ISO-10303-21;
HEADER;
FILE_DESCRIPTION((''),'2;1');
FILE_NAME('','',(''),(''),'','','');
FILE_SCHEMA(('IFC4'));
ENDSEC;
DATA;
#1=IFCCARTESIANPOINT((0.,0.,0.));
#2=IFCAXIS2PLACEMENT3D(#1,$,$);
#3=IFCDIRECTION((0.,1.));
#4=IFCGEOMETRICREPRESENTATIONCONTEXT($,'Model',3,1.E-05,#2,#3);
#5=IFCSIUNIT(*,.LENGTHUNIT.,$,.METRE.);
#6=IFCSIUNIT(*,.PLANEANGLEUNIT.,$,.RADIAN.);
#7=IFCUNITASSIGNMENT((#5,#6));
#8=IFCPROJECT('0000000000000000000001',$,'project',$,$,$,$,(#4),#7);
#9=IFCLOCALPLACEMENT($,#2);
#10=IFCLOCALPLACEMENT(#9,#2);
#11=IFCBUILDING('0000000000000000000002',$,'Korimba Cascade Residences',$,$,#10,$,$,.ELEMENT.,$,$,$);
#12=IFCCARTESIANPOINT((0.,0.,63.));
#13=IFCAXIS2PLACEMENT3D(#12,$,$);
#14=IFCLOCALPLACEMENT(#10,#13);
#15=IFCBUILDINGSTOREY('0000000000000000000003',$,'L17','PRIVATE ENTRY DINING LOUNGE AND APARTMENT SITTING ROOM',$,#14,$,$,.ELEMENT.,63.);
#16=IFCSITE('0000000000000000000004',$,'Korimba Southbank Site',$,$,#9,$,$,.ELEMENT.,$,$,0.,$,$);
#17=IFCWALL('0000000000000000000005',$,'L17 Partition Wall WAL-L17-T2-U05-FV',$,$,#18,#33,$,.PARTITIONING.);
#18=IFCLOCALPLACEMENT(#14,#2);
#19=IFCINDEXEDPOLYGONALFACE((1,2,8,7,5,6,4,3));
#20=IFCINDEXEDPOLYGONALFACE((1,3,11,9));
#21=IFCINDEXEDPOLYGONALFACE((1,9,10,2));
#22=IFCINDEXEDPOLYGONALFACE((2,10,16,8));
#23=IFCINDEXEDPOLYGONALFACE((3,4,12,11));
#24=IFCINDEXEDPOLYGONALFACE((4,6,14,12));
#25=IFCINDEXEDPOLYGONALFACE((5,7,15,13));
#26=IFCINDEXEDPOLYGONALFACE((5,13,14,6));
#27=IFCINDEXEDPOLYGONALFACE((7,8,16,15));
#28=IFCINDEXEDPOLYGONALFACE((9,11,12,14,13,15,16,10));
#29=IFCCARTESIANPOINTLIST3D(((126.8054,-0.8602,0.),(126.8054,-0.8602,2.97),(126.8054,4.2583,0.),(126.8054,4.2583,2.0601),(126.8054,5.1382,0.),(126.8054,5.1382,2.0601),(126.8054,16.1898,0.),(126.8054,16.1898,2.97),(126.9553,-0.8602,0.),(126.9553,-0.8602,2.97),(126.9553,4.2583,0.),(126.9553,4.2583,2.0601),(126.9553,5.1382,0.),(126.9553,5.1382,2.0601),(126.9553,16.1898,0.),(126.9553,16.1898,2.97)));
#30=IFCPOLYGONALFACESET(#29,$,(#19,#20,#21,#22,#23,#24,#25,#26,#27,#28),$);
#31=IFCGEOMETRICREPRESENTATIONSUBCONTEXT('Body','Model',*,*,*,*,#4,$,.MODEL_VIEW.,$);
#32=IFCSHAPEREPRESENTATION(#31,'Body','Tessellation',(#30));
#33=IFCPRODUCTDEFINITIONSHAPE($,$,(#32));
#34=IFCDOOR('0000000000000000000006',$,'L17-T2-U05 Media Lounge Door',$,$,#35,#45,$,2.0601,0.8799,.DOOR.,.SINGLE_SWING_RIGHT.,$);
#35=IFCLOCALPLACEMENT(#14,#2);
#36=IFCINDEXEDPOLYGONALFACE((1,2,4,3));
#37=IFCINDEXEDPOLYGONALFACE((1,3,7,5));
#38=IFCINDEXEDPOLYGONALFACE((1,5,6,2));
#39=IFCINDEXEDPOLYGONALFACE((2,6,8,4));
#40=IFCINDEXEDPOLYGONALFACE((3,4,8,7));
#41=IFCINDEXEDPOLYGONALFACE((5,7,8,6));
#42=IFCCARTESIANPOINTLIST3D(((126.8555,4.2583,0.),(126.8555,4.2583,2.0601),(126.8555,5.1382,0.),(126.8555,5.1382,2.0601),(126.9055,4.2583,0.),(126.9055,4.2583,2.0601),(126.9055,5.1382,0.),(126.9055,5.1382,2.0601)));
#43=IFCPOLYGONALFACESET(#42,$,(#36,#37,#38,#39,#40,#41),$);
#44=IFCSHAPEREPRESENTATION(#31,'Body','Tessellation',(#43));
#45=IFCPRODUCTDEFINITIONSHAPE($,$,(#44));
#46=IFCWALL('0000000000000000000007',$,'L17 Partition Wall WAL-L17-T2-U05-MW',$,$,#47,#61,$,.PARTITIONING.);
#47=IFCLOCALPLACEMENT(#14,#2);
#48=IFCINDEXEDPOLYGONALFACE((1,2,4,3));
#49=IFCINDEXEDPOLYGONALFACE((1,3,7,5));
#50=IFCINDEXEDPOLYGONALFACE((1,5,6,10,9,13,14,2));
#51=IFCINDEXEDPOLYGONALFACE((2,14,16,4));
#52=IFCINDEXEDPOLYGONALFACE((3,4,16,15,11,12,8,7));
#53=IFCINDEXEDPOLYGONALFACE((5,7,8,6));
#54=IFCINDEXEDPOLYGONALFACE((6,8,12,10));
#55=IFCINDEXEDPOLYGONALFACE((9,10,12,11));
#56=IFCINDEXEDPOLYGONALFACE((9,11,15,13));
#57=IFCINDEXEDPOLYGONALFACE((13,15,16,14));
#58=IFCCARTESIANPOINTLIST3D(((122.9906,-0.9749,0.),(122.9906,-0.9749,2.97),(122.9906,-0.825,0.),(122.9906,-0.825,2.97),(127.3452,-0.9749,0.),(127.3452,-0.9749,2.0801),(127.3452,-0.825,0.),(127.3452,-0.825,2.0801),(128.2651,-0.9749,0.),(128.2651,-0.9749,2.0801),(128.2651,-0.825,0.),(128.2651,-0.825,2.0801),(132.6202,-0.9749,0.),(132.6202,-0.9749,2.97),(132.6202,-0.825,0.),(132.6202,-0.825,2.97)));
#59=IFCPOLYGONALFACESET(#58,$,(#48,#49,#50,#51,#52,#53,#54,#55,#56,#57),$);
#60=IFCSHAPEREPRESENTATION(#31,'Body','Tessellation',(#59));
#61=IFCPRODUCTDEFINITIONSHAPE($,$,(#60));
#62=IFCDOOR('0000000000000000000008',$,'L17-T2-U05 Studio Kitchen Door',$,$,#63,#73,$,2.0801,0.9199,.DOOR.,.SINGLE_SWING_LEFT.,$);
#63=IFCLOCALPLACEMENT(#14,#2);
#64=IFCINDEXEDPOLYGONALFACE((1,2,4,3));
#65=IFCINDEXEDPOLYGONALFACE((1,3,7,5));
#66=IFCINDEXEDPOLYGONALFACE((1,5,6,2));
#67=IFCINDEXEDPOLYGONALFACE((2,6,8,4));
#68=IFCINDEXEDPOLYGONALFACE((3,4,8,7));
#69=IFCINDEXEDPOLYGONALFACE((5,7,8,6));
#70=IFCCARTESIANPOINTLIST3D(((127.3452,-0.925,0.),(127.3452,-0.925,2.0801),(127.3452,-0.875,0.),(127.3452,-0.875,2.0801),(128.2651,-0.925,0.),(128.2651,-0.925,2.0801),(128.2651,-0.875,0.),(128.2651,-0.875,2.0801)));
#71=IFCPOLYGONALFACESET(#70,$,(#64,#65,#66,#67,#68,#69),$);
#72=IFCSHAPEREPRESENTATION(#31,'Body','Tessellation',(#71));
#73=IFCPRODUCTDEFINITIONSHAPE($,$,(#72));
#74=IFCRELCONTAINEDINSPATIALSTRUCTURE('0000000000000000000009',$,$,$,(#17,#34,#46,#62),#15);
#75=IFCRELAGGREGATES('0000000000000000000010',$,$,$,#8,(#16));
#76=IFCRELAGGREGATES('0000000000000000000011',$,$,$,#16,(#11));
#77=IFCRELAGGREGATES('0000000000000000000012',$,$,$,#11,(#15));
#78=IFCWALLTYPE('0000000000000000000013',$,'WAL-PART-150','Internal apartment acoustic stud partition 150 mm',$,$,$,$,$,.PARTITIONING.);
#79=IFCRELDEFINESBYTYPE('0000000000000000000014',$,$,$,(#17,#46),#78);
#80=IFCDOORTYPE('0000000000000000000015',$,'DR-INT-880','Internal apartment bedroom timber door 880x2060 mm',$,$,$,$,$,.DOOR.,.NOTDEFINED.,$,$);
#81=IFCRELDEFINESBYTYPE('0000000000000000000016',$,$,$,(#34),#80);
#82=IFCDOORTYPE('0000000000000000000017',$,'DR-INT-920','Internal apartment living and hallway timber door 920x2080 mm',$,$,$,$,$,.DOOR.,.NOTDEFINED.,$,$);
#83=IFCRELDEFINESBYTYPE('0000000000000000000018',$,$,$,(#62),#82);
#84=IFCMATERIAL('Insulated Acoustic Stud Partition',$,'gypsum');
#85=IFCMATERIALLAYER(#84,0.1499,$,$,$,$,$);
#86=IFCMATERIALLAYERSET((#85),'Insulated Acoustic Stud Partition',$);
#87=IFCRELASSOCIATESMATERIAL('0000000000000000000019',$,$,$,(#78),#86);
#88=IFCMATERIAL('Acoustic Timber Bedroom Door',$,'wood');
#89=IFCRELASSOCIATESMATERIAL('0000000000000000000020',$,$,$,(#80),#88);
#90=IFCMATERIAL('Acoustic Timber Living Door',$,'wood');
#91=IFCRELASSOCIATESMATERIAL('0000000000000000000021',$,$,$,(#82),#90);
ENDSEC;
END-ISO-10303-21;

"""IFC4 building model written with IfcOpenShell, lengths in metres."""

from ifc_helpers import new_model, si_unit, direction, frame, frame_2d, origin, place, context, subcontext, project, spatial, rectangle, extrude, material, layer, layer_set, type_object, element, fill, save


model = new_model("IFC4")

# Units and contexts
model_context = context("Model", 3, precision=1e-05, world=origin(), true_north=direction((0.0, 1.0)))
body_context = subcontext(model_context, "Body", "Model", "MODEL_VIEW")
ifc_project = project(units=[si_unit("LENGTHUNIT", "METRE"), si_unit("PLANEANGLEUNIT", "RADIAN")], contexts=[model_context])

# Site, building, storey
site_placement = place(None, origin())
site = spatial("IfcSite", under=ifc_project, at=site_placement, Name="Korimba Southbank Site", CompositionType="ELEMENT", RefElevation=0.0)
building_placement = place(site_placement, origin())
building = spatial("IfcBuilding", under=site, at=building_placement, Name="Korimba Cascade Residences", CompositionType="ELEMENT")
storey_placement = place(building_placement, frame((0.0, 0.0, 63.0)))
storey = spatial("IfcBuildingStorey", under=building, at=storey_placement, Name="L17", Description="PRIVATE ENTRY DINING LOUNGE AND APARTMENT SITTING ROOM", CompositionType="ELEMENT", Elevation=63.0)

# Shared definitions
ifc_material_1 = material(Name="Insulated Acoustic Stud Partition", Category="gypsum")
ifc_layer = layer(ifc_material_1, 0.1499)
ifc_layer_set = layer_set([ifc_layer], Name="Insulated Acoustic Stud Partition")
wall_type = type_object("IfcWallType", Name="WAL-PART-150", Description="Internal apartment acoustic stud partition 150 mm", PredefinedType="PARTITIONING", material=ifc_layer_set)

# Walls, openings, doors
wall_1_placement = place(storey_placement, frame((126.8804, -0.8601, 0.0), z_axis=(0.0, 0.0, 1.0), x_axis=(0.0, 1.0, 0.0)))
wall_1 = element("IfcWall", 1, at=wall_1_placement, inside=storey, type_object=wall_type, Name="L17 Partition Wall WAL-L17-T2-U05-FV", PredefinedType="PARTITIONING", context=body_context, shape_type="SweptSolid", body=[
    extrude(rectangle(XDim=17.05, YDim=0.1499, at=frame_2d((8.5249, 0.0))), origin(), (0.0, 0.0, 1.0), 2.97),
])
opening_1_placement = place(wall_1_placement, frame((5.1184, 0.0, 0.0)))
opening_1 = element("IfcOpeningElement", 2, at=opening_1_placement, cuts=wall_1, PredefinedType="OPENING", context=body_context, shape_type="SweptSolid", body=[
    extrude(rectangle(XDim=0.8799, YDim=2.0601, at=frame_2d((0.4399, 1.03))), frame((0.0, 0.085, 0.0), z_axis=(0.0, -1.0, 0.0), x_axis=(1.0, 0.0, 0.0)), (0.0, 0.0, 1.0), 0.1699),
])
ifc_material_2 = material(Name="Acoustic Timber Bedroom Door", Category="wood")
door_type_1 = type_object("IfcDoorType", Name="DR-INT-880", Description="Internal apartment bedroom timber door 880x2060 mm", OperationType="NOTDEFINED", PredefinedType="DOOR", material=ifc_material_2)
door_1_placement = place(opening_1_placement, origin())
door_1 = element("IfcDoor", 3, at=door_1_placement, inside=storey, type_object=door_type_1, Name="L17-T2-U05 Media Lounge Door", OperationType="SINGLE_SWING_RIGHT", OverallHeight=2.0601, OverallWidth=0.8799, PredefinedType="DOOR", context=body_context, shape_type="SweptSolid", body=[
    extrude(rectangle(XDim=0.8799, YDim=2.0601, at=frame_2d((0.4399, 1.03))), frame((0.0, 0.0249, 0.0), z_axis=(0.0, -1.0, 0.0), x_axis=(1.0, 0.0, 0.0)), (0.0, 0.0, 1.0), 0.05),
])
fill(opening_1, door_1)
wall_2_placement = place(storey_placement, frame((122.9905, -0.8999, 0.0), z_axis=(0.0, 0.0, 1.0), x_axis=(1.0, 0.0, 0.0)))
wall_2 = element("IfcWall", 4, at=wall_2_placement, inside=storey, type_object=wall_type, Name="L17 Partition Wall WAL-L17-T2-U05-MW", PredefinedType="PARTITIONING", context=body_context, shape_type="SweptSolid", body=[
    extrude(rectangle(XDim=9.6296, YDim=0.1499, at=frame_2d((4.8149, 0.0))), origin(), (0.0, 0.0, 1.0), 2.97),
])
opening_2_placement = place(wall_2_placement, frame((4.3547, 0.0, 0.0)))
opening_2 = element("IfcOpeningElement", 5, at=opening_2_placement, cuts=wall_2, PredefinedType="OPENING", context=body_context, shape_type="SweptSolid", body=[
    extrude(rectangle(XDim=0.9199, YDim=2.0801, at=frame_2d((0.46, 1.04))), frame((0.0, 0.085, 0.0), z_axis=(0.0, -1.0, 0.0), x_axis=(1.0, 0.0, 0.0)), (0.0, 0.0, 1.0), 0.1699),
])
ifc_material_3 = material(Name="Acoustic Timber Living Door", Category="wood")
door_type_2 = type_object("IfcDoorType", Name="DR-INT-920", Description="Internal apartment living and hallway timber door 920x2080 mm", OperationType="NOTDEFINED", PredefinedType="DOOR", material=ifc_material_3)
door_2_placement = place(opening_2_placement, origin())
door_2 = element("IfcDoor", 6, at=door_2_placement, inside=storey, type_object=door_type_2, Name="L17-T2-U05 Studio Kitchen Door", OperationType="SINGLE_SWING_LEFT", OverallHeight=2.0801, OverallWidth=0.9199, PredefinedType="DOOR", context=body_context, shape_type="SweptSolid", body=[
    extrude(rectangle(XDim=0.9199, YDim=2.0801, at=frame_2d((0.46, 1.04))), frame((0.0, 0.0249, 0.0), z_axis=(0.0, -1.0, 0.0), x_axis=(1.0, 0.0, 0.0)), (0.0, 0.0, 1.0), 0.05),
])
fill(opening_2, door_2)

save(model, "model.ifc")
